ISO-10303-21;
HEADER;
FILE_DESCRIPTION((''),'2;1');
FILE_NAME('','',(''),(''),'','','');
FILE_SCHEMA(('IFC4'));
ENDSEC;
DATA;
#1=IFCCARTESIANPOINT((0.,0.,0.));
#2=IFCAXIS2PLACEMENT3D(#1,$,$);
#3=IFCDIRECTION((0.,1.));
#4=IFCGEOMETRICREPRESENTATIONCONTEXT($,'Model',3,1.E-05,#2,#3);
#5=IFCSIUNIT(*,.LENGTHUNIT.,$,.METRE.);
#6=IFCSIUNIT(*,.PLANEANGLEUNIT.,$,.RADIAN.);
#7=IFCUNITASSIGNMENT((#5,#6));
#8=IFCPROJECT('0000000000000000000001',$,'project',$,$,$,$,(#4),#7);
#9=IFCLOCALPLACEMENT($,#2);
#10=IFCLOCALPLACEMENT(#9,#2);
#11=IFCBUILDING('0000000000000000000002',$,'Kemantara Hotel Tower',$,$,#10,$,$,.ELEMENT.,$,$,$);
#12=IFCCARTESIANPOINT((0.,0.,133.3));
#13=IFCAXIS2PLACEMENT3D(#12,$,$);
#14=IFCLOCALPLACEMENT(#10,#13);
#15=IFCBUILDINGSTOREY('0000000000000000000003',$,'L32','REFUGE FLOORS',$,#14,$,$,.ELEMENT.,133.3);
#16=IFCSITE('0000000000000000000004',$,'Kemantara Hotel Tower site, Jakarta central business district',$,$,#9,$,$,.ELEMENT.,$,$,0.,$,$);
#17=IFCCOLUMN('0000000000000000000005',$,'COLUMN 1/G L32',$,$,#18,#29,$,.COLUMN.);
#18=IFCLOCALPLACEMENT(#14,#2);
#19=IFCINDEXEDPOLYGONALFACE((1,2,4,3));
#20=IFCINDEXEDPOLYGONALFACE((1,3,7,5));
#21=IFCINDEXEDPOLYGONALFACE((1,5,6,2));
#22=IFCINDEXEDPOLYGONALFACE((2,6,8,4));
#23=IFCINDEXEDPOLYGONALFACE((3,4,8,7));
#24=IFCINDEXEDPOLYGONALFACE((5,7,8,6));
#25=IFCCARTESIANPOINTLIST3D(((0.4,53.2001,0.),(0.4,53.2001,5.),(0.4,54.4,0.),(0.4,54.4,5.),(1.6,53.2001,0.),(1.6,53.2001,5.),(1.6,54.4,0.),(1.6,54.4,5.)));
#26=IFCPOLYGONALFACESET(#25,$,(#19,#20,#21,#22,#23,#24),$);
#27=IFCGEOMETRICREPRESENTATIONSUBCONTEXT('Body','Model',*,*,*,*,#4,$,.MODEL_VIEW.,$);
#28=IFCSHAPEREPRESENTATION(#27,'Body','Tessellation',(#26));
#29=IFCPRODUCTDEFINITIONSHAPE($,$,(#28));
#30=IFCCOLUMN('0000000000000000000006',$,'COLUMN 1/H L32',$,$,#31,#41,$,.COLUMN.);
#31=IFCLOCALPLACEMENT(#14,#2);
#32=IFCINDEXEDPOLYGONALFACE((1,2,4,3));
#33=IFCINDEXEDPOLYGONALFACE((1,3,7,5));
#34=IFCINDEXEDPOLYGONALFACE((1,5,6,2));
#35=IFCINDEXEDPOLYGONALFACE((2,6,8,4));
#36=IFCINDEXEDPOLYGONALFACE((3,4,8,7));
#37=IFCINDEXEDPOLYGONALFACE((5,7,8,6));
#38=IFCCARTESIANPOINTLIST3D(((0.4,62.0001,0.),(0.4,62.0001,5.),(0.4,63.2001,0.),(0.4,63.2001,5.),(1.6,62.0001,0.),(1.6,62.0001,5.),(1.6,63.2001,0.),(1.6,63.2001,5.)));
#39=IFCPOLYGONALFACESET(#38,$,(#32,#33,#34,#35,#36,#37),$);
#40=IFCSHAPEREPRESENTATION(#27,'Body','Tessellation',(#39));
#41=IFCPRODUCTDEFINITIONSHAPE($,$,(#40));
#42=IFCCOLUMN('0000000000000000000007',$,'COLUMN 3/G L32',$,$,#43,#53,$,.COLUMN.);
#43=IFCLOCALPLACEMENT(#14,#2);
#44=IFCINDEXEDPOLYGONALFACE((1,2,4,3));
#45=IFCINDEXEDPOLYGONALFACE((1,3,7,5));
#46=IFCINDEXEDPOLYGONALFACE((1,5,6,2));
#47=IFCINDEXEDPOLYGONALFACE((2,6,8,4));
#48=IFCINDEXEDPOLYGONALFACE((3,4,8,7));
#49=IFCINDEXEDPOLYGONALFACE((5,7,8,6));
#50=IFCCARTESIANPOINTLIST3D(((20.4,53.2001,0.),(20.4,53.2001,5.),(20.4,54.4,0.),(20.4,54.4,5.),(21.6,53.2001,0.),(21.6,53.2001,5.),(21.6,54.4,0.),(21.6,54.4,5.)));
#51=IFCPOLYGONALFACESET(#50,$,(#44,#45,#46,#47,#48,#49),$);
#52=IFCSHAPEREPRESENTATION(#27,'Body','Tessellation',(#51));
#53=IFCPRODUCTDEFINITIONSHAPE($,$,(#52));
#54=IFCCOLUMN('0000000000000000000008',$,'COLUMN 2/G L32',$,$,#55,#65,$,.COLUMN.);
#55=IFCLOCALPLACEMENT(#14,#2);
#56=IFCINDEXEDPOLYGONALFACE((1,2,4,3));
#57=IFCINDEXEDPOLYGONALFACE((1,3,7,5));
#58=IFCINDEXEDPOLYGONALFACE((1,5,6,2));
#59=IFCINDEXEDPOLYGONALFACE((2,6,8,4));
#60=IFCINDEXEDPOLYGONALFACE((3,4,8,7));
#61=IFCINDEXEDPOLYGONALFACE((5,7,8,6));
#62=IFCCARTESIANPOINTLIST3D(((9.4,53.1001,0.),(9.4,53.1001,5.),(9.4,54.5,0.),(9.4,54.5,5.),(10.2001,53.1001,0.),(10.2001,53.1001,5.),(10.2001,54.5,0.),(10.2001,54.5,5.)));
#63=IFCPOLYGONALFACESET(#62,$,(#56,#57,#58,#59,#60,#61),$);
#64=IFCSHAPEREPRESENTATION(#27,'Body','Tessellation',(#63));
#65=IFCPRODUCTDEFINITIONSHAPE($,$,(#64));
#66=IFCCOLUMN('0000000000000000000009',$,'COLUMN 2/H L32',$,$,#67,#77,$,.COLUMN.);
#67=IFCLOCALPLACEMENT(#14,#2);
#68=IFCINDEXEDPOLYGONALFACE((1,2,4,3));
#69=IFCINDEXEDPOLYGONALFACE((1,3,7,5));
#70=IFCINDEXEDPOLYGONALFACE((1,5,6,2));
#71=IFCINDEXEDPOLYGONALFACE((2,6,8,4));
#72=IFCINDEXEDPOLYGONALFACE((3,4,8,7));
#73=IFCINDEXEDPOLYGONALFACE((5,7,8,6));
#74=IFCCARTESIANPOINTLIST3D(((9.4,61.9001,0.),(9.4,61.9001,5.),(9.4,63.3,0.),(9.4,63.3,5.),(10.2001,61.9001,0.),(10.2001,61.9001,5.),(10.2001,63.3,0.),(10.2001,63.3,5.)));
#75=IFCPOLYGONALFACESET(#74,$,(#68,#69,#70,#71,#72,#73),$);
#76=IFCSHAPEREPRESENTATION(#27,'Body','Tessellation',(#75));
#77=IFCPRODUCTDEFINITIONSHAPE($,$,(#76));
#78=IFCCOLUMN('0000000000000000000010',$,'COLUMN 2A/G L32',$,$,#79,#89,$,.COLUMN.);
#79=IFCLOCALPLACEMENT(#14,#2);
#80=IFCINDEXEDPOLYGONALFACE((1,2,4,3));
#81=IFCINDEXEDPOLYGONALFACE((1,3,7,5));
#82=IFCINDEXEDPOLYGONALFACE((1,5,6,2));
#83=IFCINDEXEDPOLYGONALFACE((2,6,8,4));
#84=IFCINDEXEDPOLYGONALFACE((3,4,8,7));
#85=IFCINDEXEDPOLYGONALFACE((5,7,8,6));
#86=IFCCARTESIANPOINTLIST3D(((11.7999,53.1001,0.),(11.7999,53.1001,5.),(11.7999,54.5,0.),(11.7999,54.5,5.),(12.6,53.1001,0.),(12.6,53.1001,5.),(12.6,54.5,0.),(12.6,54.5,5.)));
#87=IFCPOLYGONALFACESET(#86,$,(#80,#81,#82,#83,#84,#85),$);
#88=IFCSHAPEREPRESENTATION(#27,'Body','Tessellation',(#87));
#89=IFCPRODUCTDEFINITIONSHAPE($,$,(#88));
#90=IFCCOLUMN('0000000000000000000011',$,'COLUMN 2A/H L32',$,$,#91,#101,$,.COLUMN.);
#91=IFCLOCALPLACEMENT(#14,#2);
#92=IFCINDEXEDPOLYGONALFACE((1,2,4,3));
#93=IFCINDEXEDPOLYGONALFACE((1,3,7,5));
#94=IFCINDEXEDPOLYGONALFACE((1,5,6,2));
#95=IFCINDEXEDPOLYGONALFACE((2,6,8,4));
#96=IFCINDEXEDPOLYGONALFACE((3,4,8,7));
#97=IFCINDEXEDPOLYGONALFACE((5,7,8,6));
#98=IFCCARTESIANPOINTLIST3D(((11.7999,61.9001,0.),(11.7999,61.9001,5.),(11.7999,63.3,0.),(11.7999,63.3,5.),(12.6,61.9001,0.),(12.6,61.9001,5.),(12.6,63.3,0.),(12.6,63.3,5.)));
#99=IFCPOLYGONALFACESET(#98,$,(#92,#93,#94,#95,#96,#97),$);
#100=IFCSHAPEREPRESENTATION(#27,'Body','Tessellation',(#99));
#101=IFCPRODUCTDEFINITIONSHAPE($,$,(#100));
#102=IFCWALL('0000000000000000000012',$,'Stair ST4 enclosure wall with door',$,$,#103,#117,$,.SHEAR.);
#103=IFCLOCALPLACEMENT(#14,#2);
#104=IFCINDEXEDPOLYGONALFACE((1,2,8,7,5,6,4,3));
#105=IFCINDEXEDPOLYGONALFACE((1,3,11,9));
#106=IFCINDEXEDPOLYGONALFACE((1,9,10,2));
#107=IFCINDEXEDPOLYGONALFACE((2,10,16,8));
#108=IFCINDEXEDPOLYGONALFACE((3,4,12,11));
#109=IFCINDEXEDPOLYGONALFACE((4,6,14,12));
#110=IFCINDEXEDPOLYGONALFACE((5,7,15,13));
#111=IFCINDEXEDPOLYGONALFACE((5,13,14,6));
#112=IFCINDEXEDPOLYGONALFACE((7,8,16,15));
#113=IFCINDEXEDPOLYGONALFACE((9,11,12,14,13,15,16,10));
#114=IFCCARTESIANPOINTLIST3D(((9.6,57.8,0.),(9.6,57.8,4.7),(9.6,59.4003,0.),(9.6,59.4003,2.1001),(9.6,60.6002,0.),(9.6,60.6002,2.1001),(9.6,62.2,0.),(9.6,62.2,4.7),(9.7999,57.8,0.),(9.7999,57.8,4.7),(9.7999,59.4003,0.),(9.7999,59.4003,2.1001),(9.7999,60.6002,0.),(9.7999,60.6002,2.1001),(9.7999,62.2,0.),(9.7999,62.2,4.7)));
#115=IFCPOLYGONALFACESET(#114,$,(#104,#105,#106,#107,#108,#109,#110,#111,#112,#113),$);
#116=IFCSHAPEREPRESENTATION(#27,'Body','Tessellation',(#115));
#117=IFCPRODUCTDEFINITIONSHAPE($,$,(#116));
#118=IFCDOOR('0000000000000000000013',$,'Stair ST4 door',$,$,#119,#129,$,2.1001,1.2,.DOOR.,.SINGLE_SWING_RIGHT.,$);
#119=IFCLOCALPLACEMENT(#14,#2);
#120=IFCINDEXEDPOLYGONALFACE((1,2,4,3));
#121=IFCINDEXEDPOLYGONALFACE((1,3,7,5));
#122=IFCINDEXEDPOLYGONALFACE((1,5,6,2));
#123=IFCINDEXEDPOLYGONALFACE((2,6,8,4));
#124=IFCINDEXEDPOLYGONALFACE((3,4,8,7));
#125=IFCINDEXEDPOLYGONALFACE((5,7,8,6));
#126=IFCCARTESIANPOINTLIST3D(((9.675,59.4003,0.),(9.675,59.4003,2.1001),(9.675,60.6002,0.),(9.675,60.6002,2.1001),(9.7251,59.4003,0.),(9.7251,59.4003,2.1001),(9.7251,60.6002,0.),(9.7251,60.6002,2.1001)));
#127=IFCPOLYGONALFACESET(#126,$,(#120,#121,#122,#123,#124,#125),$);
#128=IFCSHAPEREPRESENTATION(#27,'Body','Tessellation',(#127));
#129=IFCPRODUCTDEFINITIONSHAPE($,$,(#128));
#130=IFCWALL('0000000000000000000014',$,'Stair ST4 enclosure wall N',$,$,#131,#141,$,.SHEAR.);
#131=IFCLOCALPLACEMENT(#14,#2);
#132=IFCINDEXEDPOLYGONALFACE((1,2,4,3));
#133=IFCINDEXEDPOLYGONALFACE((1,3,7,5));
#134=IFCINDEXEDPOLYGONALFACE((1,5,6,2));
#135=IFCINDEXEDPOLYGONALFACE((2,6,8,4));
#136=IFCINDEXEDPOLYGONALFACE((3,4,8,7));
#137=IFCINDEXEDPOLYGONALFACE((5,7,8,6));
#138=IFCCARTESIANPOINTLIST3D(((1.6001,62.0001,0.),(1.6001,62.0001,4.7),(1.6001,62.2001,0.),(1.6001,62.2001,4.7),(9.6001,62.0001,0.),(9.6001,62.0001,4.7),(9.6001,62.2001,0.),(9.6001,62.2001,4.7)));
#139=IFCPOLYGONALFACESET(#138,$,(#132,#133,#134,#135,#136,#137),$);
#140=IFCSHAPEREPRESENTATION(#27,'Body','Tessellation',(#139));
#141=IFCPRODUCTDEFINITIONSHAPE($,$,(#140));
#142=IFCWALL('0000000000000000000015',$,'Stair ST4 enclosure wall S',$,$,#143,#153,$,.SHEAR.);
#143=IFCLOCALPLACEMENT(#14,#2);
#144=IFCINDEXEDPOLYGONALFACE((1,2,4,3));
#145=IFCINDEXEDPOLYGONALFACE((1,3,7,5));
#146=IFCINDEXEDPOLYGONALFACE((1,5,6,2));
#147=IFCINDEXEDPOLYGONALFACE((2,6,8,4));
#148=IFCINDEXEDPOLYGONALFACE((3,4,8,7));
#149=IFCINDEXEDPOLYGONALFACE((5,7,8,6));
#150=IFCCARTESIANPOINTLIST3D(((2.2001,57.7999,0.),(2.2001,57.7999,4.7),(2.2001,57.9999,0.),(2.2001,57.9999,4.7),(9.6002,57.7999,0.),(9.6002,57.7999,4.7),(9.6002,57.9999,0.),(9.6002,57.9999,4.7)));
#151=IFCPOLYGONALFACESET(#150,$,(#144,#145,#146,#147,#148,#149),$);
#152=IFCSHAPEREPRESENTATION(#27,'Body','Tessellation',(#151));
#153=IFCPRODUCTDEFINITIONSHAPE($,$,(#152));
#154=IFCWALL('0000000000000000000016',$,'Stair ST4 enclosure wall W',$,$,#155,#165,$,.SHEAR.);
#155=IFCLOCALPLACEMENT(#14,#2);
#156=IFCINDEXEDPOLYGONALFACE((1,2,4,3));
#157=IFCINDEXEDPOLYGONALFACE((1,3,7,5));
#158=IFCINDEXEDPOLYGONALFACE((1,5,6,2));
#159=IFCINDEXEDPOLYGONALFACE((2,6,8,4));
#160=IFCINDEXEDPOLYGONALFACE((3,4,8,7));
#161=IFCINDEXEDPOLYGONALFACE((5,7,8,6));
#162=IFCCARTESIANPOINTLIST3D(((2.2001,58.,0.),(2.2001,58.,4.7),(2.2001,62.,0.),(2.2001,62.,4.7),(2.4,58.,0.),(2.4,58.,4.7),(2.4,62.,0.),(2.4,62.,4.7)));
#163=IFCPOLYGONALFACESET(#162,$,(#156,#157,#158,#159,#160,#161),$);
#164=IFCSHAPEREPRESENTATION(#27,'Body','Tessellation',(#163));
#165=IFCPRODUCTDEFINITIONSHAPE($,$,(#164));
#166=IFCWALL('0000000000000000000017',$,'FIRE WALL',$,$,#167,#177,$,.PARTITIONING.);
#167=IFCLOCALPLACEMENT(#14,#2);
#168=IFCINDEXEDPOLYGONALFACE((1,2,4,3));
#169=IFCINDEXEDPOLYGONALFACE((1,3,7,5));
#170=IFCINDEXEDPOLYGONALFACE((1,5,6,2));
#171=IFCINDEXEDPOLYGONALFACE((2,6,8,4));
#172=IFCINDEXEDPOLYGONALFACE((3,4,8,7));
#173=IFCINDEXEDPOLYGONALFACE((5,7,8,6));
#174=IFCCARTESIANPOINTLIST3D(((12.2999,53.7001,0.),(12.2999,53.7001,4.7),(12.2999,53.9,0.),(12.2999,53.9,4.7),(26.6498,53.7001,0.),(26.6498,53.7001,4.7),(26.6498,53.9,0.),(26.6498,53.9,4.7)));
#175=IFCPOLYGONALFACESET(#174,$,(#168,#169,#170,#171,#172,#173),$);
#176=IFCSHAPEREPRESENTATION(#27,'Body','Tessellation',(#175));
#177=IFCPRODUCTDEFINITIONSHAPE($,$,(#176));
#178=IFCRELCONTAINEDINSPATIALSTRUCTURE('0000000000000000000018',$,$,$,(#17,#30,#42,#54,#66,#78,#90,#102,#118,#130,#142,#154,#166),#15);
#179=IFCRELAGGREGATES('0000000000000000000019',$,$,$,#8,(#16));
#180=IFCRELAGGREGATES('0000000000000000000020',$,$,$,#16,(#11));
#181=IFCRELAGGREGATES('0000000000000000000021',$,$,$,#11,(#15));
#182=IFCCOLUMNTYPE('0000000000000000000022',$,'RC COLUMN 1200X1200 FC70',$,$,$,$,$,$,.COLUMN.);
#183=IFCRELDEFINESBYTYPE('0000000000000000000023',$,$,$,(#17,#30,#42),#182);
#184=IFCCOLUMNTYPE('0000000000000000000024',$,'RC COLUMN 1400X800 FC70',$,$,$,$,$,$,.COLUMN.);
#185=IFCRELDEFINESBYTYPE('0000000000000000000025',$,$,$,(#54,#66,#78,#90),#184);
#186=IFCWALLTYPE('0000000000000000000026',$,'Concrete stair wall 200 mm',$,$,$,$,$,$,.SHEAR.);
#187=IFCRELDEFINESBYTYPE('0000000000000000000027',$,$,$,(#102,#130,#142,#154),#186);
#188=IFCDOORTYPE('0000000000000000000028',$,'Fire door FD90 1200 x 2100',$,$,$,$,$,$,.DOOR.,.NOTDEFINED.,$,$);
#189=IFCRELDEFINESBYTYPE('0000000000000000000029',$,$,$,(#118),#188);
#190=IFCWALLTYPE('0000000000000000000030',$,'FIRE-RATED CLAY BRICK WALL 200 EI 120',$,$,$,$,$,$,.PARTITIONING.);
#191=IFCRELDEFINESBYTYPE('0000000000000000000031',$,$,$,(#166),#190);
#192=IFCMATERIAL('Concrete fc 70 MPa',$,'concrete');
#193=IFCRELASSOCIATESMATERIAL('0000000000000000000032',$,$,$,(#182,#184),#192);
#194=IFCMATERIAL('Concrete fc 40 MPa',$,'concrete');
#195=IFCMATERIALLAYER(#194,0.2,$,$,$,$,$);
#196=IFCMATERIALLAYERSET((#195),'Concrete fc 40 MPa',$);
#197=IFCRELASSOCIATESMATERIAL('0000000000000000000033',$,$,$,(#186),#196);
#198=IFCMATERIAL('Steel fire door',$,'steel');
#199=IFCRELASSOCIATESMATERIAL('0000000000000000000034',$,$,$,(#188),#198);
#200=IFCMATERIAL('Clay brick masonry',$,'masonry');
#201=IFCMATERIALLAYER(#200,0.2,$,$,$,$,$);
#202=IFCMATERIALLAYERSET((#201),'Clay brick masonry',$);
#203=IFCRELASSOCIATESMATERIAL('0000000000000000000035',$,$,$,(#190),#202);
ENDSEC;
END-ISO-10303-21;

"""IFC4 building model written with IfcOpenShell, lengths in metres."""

from ifc_helpers import new_model, si_unit, direction, frame, frame_2d, origin, origin_2d, place, context, subcontext, project, spatial, rectangle, extrude, material, layer, layer_set, material_profile, profile_set, type_object, element, fill, save


model = new_model("IFC4")

# Units and contexts
model_context = context("Model", 3, precision=1e-05, world=origin(), true_north=direction((0.0, 1.0)))
body_context = subcontext(model_context, "Body", "Model", "MODEL_VIEW")
ifc_project = project(units=[si_unit("LENGTHUNIT", "METRE"), si_unit("PLANEANGLEUNIT", "RADIAN")], contexts=[model_context])

# Site, building, storey
site_placement = place(None, origin())
site = spatial("IfcSite", under=ifc_project, at=site_placement, Name="Kemantara Hotel Tower site, Jakarta central business district", CompositionType="ELEMENT", RefElevation=0.0)
building_placement = place(site_placement, origin())
building = spatial("IfcBuilding", under=site, at=building_placement, Name="Kemantara Hotel Tower", CompositionType="ELEMENT")
storey_placement = place(building_placement, frame((0.0, 0.0, 133.3)))
storey = spatial("IfcBuildingStorey", under=building, at=storey_placement, Name="L32", Description="REFUGE FLOORS", CompositionType="ELEMENT", Elevation=133.3)

# Columns
ifc_material_1 = material(Name="Concrete fc 70 MPa", Category="concrete")
ifc_material_profile_1 = material_profile(ifc_material_1, rectangle(XDim=1.2, YDim=1.2, at=origin_2d()), Name="RC 1200X1200")
ifc_profile_set_1 = profile_set([ifc_material_profile_1], Name="Concrete fc 70 MPa")
column_type_1 = type_object("IfcColumnType", Name="RC COLUMN 1200X1200 FC70", PredefinedType="COLUMN", material=ifc_profile_set_1)
for number, where, z_axis, x_axis, name in (
    (1, (1.0, 53.8, 0.0), (0.0, 0.0, 1.0), (1.0, 0.0, 0.0), "COLUMN 1/G L32"),
    (2, (1.0, 62.6001, 0.0), (0.0, 0.0, 1.0), (1.0, 0.0, 0.0), "COLUMN 1/H L32"),
    (3, (21.0, 53.8, 0.0), (0.0, 0.0, 1.0), (1.0, 0.0, 0.0), "COLUMN 3/G L32"),
):
    element("IfcColumn", number, at=place(storey_placement, frame(where, z_axis=z_axis, x_axis=x_axis)), inside=storey, type_object=column_type_1, Name=name, PredefinedType="COLUMN", context=body_context, shape_type="SweptSolid", body=[
        extrude(rectangle(XDim=1.2, YDim=1.2, at=origin_2d()), origin(), (0.0, 0.0, 1.0), 5.0),
    ])
ifc_material_profile_2 = material_profile(ifc_material_1, rectangle(XDim=1.3999, YDim=0.8, at=origin_2d()), Name="RC 1400X800")
ifc_profile_set_2 = profile_set([ifc_material_profile_2], Name="Concrete fc 70 MPa")
column_type_2 = type_object("IfcColumnType", Name="RC COLUMN 1400X800 FC70", PredefinedType="COLUMN", material=ifc_profile_set_2)
for number, where, z_axis, x_axis, name in (
    (4, (9.8, 53.8, 0.0), (0.0, 0.0, 1.0), (0.0, 1.0, 0.0), "COLUMN 2/G L32"),
    (5, (9.8, 62.6001, 0.0), (0.0, 0.0, 1.0), (0.0, 1.0, 0.0), "COLUMN 2/H L32"),
    (6, (12.2, 53.8, 0.0), (0.0, 0.0, 1.0), (0.0, 1.0, 0.0), "COLUMN 2A/G L32"),
    (7, (12.2, 62.6001, 0.0), (0.0, 0.0, 1.0), (0.0, 1.0, 0.0), "COLUMN 2A/H L32"),
):
    element("IfcColumn", number, at=place(storey_placement, frame(where, z_axis=z_axis, x_axis=x_axis)), inside=storey, type_object=column_type_2, Name=name, PredefinedType="COLUMN", context=body_context, shape_type="SweptSolid", body=[
        extrude(rectangle(XDim=1.3999, YDim=0.8, at=origin_2d()), origin(), (0.0, 0.0, 1.0), 5.0),
    ])

# Wall, opening, door
ifc_material_2 = material(Name="Concrete fc 40 MPa", Category="concrete")
ifc_layer_1 = layer(ifc_material_2, 0.2)
ifc_layer_set_1 = layer_set([ifc_layer_1], Name="Concrete fc 40 MPa")
wall_type_1 = type_object("IfcWallType", Name="Concrete stair wall 200 mm", PredefinedType="SHEAR", material=ifc_layer_set_1)
wall_1_placement = place(storey_placement, frame((9.7, 57.8, 0.0), z_axis=(0.0, 0.0, 1.0), x_axis=(0.0, 1.0, 0.0)))
wall_1 = element("IfcWall", 8, at=wall_1_placement, inside=storey, type_object=wall_type_1, Name="Stair ST4 enclosure wall with door", PredefinedType="SHEAR", context=body_context, shape_type="SweptSolid", body=[
    extrude(rectangle(XDim=4.3999, YDim=0.2, at=frame_2d((2.2, 0.0))), origin(), (0.0, 0.0, 1.0), 4.7),
])
opening_1_placement = place(wall_1_placement, frame((1.6001, 0.0, 0.0)))
opening_1 = element("IfcOpeningElement", 9, at=opening_1_placement, cuts=wall_1, PredefinedType="OPENING", context=body_context, shape_type="SweptSolid", body=[
    extrude(rectangle(XDim=1.2, YDim=2.1001, at=frame_2d((0.6001, 1.05))), frame((0.0, 0.1099, 0.0), z_axis=(0.0, -1.0, 0.0), x_axis=(1.0, 0.0, 0.0)), (0.0, 0.0, 1.0), 0.22),
])
ifc_material_3 = material(Name="Steel fire door", Category="steel")
door_type_1 = type_object("IfcDoorType", Name="Fire door FD90 1200 x 2100", OperationType="NOTDEFINED", PredefinedType="DOOR", material=ifc_material_3)
door_1_placement = place(opening_1_placement, origin())
door_1 = element("IfcDoor", 10, at=door_1_placement, inside=storey, type_object=door_type_1, Name="Stair ST4 door", OperationType="SINGLE_SWING_RIGHT", OverallHeight=2.1001, OverallWidth=1.2, PredefinedType="DOOR", context=body_context, shape_type="SweptSolid", body=[
    extrude(rectangle(XDim=1.2, YDim=2.1001, at=frame_2d((0.6001, 1.05))), frame((0.0, 0.0249, 0.0), z_axis=(0.0, -1.0, 0.0), x_axis=(1.0, 0.0, 0.0)), (0.0, 0.0, 1.0), 0.05),
])
fill(opening_1, door_1)

# Walls
wall_2_placement = place(storey_placement, frame((1.6001, 62.1001, 0.0), z_axis=(0.0, 0.0, 1.0), x_axis=(1.0, 0.0, 0.0)))
element("IfcWall", 11, at=wall_2_placement, inside=storey, type_object=wall_type_1, Name="Stair ST4 enclosure wall N", PredefinedType="SHEAR", context=body_context, shape_type="SweptSolid", body=[
    extrude(rectangle(XDim=8.0, YDim=0.2, at=frame_2d((4.0, 0.0))), origin(), (0.0, 0.0, 1.0), 4.7),
])
wall_3_placement = place(storey_placement, frame((2.2, 57.8999, 0.0), z_axis=(0.0, 0.0, 1.0), x_axis=(1.0, 0.0, 0.0)))
element("IfcWall", 12, at=wall_3_placement, inside=storey, type_object=wall_type_1, Name="Stair ST4 enclosure wall S", PredefinedType="SHEAR", context=body_context, shape_type="SweptSolid", body=[
    extrude(rectangle(XDim=7.4001, YDim=0.2, at=frame_2d((3.7002, 0.0))), origin(), (0.0, 0.0, 1.0), 4.7),
])
wall_4_placement = place(storey_placement, frame((2.3, 58.0, 0.0), z_axis=(0.0, 0.0, 1.0), x_axis=(0.0, 1.0, 0.0)))
element("IfcWall", 13, at=wall_4_placement, inside=storey, type_object=wall_type_1, Name="Stair ST4 enclosure wall W", PredefinedType="SHEAR", context=body_context, shape_type="SweptSolid", body=[
    extrude(rectangle(XDim=4.0, YDim=0.2, at=frame_2d((2.0, 0.0))), origin(), (0.0, 0.0, 1.0), 4.7),
])
ifc_material_4 = material(Name="Clay brick masonry", Category="masonry")
ifc_layer_2 = layer(ifc_material_4, 0.2)
ifc_layer_set_2 = layer_set([ifc_layer_2], Name="Clay brick masonry")
wall_type_2 = type_object("IfcWallType", Name="FIRE-RATED CLAY BRICK WALL 200 EI 120", PredefinedType="PARTITIONING", material=ifc_layer_set_2)
wall_5_placement = place(storey_placement, frame((12.3, 53.8, 0.0), z_axis=(0.0, 0.0, 1.0), x_axis=(1.0, 0.0, 0.0)))
element("IfcWall", 14, at=wall_5_placement, inside=storey, type_object=wall_type_2, Name="FIRE WALL", PredefinedType="PARTITIONING", context=body_context, shape_type="SweptSolid", body=[
    extrude(rectangle(XDim=14.3499, YDim=0.2, at=frame_2d((7.1748, 0.0))), origin(), (0.0, 0.0, 1.0), 4.7),
])

save(model, "model.ifc")
